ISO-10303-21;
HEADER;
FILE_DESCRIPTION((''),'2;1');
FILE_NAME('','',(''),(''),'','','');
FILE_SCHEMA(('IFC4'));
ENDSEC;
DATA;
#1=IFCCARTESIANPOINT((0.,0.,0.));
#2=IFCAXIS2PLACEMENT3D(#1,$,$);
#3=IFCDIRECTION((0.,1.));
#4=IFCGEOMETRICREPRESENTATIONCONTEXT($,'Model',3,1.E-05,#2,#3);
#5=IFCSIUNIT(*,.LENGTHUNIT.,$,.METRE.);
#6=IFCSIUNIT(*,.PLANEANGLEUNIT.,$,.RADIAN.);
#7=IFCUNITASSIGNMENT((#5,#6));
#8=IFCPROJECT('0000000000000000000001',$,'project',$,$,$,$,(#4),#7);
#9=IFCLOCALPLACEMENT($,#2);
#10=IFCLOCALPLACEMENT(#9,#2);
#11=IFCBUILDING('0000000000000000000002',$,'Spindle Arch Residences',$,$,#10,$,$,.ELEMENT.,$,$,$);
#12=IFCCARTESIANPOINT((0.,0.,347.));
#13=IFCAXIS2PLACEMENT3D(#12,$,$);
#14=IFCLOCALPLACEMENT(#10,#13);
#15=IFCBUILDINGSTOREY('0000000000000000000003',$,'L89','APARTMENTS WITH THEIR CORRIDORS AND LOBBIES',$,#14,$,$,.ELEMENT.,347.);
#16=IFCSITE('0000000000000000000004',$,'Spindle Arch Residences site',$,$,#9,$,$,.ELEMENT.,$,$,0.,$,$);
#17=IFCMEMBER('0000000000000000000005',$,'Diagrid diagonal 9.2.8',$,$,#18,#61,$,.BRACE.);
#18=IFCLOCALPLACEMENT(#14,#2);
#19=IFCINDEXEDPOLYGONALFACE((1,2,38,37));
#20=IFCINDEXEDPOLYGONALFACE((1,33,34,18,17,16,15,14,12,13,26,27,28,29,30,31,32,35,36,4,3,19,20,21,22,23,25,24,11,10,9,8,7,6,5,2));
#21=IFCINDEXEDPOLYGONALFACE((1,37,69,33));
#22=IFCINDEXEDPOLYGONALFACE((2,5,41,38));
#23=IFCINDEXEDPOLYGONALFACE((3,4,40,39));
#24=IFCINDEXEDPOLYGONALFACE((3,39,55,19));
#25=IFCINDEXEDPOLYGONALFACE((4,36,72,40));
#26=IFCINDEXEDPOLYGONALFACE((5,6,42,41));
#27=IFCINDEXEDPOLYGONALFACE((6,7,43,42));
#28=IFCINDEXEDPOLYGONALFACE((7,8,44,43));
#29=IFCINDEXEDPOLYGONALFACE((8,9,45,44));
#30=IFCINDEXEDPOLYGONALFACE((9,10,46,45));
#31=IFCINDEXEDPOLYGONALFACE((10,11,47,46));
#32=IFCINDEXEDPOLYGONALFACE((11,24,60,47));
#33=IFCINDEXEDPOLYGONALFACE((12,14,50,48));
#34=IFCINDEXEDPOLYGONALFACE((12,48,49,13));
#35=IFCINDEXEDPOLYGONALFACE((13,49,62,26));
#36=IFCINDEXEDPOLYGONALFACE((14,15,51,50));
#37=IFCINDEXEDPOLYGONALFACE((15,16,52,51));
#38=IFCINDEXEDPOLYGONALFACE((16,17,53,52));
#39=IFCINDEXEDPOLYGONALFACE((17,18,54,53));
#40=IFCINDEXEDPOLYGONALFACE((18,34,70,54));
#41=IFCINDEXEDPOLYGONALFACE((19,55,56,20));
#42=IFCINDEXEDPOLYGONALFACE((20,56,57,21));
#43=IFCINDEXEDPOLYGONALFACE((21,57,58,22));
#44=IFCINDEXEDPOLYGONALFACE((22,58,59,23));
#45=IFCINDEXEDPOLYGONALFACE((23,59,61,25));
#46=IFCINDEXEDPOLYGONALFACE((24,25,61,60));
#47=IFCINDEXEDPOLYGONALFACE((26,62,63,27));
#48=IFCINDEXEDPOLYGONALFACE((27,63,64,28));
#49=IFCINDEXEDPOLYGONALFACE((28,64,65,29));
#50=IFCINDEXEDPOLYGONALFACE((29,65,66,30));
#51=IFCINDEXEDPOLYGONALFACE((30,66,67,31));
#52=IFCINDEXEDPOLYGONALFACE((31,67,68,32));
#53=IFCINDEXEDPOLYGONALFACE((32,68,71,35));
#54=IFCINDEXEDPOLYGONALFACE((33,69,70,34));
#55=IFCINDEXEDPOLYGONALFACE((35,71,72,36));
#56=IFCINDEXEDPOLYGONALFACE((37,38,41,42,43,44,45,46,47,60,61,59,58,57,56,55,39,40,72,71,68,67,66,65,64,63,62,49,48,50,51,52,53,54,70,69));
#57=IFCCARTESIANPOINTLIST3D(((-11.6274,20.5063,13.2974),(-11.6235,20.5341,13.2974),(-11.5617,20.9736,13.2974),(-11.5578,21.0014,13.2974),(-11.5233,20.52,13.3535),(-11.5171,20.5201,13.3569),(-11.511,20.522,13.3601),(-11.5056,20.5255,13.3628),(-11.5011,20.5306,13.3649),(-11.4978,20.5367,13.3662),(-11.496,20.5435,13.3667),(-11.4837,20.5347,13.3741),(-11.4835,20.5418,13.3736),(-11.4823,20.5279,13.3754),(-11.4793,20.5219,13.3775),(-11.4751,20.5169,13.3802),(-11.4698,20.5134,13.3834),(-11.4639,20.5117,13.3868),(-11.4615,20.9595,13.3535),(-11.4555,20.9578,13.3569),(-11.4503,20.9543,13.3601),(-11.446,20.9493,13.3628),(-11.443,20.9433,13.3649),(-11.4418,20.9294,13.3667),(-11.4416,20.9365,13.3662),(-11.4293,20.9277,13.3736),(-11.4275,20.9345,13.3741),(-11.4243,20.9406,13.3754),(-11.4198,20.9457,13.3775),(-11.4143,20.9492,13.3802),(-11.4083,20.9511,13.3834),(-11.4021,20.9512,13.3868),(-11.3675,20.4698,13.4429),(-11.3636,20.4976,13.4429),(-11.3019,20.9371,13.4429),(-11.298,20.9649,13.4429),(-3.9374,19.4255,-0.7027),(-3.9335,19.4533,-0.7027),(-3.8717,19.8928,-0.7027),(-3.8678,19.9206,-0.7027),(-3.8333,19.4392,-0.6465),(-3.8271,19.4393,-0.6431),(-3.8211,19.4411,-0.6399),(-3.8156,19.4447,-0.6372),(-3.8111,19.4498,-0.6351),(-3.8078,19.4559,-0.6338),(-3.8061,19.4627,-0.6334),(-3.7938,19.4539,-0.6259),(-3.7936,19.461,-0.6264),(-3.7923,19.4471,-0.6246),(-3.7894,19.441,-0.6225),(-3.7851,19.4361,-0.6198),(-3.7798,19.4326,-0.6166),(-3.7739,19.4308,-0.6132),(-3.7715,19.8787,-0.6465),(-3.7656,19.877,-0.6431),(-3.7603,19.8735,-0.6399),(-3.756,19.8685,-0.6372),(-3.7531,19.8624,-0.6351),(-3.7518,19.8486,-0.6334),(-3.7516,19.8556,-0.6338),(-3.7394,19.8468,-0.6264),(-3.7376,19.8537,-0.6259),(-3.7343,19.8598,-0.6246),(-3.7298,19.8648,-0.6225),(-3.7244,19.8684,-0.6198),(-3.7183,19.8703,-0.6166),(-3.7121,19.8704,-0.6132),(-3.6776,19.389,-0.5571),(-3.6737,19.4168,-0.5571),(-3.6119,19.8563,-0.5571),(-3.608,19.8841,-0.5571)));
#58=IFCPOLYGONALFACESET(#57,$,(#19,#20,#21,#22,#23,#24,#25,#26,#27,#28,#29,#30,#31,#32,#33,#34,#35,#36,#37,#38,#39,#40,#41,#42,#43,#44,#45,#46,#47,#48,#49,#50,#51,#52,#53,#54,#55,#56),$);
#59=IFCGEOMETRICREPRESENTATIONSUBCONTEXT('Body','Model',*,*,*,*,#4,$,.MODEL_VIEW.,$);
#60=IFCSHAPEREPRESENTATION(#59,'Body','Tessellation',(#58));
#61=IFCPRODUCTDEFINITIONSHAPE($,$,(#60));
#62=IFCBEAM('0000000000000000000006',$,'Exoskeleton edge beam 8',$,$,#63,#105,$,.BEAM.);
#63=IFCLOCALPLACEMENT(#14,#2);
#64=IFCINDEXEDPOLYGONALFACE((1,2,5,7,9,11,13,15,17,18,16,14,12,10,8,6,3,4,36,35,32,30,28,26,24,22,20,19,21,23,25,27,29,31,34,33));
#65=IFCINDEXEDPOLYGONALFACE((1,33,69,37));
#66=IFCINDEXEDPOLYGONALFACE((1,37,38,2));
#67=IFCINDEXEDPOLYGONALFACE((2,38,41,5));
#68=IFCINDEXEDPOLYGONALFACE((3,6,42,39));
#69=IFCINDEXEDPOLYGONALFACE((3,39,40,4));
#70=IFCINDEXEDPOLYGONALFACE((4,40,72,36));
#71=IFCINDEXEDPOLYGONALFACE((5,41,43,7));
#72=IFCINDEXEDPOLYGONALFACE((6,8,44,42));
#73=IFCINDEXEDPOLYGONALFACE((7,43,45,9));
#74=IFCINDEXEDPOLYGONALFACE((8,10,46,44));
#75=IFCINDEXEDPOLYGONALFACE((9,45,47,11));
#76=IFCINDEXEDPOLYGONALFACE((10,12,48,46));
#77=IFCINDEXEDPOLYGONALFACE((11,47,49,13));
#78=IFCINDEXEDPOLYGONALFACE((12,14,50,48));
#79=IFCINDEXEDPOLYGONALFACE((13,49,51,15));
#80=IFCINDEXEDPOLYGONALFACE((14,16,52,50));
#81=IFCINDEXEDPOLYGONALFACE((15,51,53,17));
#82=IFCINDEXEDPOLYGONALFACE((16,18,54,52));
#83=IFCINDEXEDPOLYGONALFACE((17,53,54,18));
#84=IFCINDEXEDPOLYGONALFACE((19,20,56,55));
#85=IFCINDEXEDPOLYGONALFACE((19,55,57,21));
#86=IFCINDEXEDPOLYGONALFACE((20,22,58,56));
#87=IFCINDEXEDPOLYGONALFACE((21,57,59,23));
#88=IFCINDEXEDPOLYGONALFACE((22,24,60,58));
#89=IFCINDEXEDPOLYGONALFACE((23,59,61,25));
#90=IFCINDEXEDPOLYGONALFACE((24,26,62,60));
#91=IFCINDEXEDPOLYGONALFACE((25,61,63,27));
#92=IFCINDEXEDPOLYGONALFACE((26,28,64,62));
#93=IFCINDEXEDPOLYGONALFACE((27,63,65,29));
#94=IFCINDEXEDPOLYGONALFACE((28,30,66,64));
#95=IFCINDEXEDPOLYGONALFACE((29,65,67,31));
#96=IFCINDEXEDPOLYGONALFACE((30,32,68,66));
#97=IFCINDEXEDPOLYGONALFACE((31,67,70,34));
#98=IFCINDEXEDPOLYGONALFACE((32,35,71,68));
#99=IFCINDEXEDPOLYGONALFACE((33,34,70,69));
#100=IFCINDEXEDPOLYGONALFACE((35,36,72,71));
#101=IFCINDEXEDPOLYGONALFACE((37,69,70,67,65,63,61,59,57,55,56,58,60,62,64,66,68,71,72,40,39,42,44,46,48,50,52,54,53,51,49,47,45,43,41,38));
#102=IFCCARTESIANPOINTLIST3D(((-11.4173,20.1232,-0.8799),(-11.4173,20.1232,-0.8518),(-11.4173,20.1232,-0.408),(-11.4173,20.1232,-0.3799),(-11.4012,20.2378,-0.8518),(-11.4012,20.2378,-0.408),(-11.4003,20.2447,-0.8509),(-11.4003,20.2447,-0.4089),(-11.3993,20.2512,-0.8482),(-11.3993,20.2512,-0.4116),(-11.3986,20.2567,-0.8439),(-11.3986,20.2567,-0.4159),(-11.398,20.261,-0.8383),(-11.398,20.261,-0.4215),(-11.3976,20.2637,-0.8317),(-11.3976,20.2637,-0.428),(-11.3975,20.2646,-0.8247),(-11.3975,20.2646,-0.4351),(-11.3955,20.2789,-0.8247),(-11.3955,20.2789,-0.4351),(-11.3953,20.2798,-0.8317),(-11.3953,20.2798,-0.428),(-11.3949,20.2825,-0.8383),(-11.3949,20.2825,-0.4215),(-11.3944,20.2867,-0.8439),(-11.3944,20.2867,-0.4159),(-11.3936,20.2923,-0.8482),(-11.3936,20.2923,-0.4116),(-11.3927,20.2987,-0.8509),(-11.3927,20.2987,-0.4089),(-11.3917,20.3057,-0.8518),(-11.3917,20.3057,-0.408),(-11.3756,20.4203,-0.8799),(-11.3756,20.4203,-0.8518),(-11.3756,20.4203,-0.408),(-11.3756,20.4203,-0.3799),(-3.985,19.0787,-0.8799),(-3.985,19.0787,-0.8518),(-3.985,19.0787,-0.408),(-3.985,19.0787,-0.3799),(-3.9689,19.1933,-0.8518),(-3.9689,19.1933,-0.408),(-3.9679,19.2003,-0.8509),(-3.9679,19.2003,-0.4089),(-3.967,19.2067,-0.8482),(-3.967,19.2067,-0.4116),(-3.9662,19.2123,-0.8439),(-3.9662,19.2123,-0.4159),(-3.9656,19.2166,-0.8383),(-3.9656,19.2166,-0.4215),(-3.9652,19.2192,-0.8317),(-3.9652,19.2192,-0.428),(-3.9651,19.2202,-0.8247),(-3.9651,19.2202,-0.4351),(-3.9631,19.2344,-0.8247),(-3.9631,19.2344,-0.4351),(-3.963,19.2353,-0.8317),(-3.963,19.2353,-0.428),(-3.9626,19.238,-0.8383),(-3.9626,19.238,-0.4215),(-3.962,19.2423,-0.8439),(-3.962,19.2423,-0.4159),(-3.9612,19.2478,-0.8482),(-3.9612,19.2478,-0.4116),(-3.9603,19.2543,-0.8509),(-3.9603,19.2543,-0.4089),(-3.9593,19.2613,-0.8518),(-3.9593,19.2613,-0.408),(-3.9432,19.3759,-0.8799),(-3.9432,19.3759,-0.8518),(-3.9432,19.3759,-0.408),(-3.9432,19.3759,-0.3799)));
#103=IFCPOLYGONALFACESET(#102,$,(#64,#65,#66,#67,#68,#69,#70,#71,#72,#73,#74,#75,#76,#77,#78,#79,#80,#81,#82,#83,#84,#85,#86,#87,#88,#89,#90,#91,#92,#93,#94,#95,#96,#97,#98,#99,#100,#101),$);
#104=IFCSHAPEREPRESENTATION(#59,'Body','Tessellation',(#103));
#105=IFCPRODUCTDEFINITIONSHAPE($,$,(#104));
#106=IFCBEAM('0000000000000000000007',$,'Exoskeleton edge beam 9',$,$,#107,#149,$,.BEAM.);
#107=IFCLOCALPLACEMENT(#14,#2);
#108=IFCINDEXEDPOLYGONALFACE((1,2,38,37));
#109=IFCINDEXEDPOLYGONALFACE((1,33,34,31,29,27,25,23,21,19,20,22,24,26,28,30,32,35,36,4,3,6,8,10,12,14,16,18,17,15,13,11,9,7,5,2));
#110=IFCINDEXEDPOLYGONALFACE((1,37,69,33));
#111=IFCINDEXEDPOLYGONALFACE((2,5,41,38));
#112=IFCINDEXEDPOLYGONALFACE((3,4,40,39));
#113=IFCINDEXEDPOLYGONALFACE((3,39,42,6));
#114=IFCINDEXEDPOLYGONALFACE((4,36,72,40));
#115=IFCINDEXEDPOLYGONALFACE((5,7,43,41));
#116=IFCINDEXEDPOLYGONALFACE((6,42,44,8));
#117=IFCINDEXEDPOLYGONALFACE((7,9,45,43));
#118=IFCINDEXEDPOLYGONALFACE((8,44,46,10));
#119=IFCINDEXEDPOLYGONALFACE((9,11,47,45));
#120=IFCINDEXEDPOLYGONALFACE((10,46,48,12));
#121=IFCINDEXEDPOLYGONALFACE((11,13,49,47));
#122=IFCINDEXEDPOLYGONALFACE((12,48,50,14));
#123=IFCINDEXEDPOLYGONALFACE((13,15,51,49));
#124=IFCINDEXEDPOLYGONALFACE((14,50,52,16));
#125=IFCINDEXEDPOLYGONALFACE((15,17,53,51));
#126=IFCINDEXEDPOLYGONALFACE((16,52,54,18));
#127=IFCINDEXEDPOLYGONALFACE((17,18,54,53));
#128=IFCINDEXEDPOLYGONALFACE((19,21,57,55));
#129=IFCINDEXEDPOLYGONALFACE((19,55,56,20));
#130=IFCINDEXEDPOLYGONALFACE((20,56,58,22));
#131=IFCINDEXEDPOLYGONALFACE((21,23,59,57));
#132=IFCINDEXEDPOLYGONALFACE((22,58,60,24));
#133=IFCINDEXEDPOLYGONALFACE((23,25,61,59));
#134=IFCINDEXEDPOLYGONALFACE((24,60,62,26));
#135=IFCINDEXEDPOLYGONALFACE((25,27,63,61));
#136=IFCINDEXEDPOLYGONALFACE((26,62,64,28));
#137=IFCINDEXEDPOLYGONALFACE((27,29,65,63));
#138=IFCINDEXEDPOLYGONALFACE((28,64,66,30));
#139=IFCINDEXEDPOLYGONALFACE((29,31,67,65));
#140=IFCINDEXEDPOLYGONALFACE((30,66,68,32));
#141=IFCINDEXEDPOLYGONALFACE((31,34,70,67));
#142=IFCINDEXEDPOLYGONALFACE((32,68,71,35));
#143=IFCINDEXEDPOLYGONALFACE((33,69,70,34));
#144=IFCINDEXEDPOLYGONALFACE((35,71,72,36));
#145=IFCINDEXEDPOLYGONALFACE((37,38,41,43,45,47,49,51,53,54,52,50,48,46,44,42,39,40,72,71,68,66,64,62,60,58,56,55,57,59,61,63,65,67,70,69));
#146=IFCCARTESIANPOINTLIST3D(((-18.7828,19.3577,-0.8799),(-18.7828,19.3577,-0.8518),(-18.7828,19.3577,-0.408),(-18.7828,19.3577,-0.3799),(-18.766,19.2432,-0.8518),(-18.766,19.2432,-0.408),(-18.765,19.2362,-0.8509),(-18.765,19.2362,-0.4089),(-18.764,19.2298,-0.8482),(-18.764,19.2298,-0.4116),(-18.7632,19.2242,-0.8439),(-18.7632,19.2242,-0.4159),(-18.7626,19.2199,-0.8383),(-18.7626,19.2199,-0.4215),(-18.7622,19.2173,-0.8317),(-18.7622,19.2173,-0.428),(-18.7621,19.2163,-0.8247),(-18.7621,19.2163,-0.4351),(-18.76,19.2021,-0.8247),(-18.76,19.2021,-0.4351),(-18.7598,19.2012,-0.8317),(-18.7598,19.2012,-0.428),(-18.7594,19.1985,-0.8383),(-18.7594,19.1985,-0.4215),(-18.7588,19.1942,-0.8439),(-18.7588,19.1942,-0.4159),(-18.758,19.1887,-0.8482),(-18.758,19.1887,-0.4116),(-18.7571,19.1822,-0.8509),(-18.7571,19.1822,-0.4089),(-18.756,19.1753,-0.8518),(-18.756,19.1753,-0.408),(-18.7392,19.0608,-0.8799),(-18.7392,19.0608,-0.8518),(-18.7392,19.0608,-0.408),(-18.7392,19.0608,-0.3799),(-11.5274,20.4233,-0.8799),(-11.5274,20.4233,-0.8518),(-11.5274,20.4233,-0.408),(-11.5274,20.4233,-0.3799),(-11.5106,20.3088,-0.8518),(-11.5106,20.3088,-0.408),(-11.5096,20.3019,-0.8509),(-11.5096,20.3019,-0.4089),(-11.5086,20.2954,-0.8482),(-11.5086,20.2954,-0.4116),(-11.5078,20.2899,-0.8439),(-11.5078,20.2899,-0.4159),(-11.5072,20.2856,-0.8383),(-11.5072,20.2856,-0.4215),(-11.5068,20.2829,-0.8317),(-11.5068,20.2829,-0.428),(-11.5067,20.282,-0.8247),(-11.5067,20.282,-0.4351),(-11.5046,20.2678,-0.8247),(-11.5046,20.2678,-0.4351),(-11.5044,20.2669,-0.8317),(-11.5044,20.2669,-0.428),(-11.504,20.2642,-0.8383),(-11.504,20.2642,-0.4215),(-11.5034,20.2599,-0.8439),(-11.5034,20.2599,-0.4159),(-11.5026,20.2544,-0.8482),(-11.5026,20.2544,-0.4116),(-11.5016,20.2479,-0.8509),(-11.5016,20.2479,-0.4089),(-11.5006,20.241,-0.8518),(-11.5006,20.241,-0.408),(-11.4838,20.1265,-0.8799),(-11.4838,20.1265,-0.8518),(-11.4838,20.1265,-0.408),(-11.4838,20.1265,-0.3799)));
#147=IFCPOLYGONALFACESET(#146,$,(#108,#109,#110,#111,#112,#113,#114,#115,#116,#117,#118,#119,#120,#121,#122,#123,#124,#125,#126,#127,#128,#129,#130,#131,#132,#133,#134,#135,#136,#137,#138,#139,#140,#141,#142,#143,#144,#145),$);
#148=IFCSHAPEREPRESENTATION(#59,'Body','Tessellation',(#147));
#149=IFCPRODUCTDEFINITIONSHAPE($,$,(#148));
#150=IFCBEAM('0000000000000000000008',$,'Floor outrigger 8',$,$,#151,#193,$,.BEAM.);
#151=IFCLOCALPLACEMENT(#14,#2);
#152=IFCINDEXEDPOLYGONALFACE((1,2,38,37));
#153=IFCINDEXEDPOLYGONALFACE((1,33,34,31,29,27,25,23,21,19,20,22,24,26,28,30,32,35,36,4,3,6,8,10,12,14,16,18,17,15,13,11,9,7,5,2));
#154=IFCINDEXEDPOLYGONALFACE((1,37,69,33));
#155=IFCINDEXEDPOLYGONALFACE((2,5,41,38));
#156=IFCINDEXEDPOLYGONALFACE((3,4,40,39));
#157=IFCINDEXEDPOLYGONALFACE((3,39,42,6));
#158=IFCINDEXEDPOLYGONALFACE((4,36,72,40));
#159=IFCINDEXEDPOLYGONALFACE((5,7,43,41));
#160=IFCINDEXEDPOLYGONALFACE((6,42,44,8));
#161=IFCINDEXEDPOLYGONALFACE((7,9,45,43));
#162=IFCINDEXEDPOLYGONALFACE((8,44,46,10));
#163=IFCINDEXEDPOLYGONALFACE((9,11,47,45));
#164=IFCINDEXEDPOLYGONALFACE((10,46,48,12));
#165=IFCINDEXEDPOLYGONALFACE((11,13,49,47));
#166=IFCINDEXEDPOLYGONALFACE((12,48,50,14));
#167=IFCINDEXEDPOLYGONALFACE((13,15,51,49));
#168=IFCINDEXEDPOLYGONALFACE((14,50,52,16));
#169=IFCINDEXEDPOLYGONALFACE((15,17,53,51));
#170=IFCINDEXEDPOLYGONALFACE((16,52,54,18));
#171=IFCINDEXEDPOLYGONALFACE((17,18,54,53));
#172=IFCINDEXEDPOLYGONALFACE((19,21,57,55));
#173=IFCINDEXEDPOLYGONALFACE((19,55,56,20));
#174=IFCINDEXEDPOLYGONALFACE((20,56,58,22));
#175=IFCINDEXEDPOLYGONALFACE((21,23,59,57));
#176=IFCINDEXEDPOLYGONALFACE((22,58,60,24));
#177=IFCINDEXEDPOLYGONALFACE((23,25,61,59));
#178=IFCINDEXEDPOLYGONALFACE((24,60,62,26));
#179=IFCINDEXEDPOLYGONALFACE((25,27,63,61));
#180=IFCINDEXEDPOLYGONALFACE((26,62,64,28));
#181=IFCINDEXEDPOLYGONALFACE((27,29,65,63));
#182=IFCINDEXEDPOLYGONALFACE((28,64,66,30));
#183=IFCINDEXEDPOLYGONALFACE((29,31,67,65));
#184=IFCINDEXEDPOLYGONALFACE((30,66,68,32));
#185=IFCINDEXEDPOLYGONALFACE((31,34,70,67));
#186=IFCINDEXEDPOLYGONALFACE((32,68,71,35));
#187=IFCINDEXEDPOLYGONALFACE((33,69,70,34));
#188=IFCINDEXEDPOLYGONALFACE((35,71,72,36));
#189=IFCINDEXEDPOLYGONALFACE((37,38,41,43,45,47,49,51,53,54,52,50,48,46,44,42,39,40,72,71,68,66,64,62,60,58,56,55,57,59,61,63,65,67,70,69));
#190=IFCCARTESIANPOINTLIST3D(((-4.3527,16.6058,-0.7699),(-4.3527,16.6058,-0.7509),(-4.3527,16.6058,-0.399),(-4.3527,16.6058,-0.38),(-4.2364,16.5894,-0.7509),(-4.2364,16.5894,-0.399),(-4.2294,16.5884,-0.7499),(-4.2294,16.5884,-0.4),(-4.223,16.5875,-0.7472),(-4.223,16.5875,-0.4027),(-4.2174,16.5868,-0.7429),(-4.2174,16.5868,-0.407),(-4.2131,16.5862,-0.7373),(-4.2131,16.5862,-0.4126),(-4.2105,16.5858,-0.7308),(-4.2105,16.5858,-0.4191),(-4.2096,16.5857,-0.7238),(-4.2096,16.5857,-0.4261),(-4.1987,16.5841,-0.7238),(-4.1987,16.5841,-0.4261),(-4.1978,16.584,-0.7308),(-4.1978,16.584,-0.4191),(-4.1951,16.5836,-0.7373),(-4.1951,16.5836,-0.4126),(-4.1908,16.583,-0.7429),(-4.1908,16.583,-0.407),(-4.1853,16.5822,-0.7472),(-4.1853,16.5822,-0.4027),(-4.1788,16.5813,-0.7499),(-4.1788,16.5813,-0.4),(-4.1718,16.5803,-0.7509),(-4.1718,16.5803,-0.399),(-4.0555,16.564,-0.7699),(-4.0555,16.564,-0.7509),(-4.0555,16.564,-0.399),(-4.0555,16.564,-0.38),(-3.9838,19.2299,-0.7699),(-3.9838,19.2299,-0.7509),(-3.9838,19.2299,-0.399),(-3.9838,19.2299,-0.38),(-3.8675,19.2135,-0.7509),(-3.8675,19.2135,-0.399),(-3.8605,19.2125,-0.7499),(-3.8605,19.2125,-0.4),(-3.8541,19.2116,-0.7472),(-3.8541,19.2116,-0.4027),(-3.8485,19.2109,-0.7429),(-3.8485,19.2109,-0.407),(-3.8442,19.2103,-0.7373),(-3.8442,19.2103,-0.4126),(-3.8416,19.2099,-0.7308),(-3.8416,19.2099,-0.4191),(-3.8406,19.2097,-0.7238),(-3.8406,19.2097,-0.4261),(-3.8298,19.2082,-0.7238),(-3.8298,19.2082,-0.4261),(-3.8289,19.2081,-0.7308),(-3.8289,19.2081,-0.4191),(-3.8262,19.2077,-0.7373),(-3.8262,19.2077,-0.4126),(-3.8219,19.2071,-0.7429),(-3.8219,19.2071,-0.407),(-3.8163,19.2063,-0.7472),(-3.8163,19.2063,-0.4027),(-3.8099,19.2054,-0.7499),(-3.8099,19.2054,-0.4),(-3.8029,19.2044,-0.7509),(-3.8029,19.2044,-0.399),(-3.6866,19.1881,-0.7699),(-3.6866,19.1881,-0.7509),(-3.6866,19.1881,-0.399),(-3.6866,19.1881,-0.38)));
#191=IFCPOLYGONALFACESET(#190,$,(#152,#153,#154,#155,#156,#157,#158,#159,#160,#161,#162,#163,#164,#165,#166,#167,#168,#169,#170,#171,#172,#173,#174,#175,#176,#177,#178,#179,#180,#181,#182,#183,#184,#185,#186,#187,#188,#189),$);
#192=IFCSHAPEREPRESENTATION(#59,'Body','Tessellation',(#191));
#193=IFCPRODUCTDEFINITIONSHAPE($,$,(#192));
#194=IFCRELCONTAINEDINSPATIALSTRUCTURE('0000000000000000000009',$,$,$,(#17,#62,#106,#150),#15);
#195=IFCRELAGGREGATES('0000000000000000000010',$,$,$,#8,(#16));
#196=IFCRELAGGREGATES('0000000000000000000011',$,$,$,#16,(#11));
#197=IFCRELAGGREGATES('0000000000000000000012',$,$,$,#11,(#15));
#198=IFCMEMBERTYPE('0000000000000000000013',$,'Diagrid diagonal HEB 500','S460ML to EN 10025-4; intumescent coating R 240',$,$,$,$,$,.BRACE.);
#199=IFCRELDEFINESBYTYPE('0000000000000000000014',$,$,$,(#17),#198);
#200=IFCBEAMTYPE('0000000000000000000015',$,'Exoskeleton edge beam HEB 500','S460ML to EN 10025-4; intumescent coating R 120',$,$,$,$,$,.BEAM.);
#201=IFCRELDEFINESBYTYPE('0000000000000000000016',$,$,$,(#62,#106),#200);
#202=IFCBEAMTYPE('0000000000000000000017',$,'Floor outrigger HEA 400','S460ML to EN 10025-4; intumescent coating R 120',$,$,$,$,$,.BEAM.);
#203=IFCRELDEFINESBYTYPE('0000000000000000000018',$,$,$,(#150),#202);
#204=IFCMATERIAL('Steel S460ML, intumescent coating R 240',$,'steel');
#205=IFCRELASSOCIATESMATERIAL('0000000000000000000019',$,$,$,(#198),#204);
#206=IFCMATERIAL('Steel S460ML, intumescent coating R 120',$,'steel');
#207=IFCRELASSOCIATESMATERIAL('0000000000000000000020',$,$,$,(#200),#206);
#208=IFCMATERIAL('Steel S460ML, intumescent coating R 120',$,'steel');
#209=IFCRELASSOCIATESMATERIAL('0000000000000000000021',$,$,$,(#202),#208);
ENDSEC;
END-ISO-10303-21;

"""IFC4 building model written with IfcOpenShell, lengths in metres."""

from ifc_helpers import new_model, si_unit, direction, frame, origin, origin_2d, place, context, subcontext, project, spatial, i_section, extrude, material, material_profile, profile_set, type_object, element, save


model = new_model("IFC4")

# Units and contexts
model_context = context("Model", 3, precision=1e-05, world=origin(), true_north=direction((0.0, 1.0)))
body_context = subcontext(model_context, "Body", "Model", "MODEL_VIEW")
ifc_project = project(units=[si_unit("LENGTHUNIT", "METRE"), si_unit("PLANEANGLEUNIT", "RADIAN")], contexts=[model_context])

# Site, building, storey
site_placement = place(None, origin())
site = spatial("IfcSite", under=ifc_project, at=site_placement, Name="Spindle Arch Residences site", CompositionType="ELEMENT", RefElevation=0.0)
building_placement = place(site_placement, origin())
building = spatial("IfcBuilding", under=site, at=building_placement, Name="Spindle Arch Residences", CompositionType="ELEMENT")
storey_placement = place(building_placement, frame((0.0, 0.0, 347.0)))
storey = spatial("IfcBuildingStorey", under=building, at=storey_placement, Name="L89", Description="APARTMENTS WITH THEIR CORRIDORS AND LOBBIES", CompositionType="ELEMENT", Elevation=347.0)

# Member
ifc_material_1 = material(Name="Steel S460ML, intumescent coating R 240", Category="steel")
ifc_material_profile_1 = material_profile(ifc_material_1, i_section(OverallWidth=0.3, OverallDepth=0.5, WebThickness=0.0144, FlangeThickness=0.0281, FilletRadius=0.0271, at=origin_2d()), Name="HEB 500")
ifc_profile_set_1 = profile_set([ifc_material_profile_1], Name="Steel S460ML, intumescent coating R 240")
member_type_1 = type_object("IfcMemberType", Name="Diagrid diagonal HEB 500", Description="S460ML to EN 10025-4; intumescent coating R 240", PredefinedType="BRACE", material=ifc_profile_set_1)
for number, where, z_axis, x_axis, name in (
    (1, (-3.7727, 19.6548, -0.6299), (-0.480337, 0.067511, 0.874482), (0.865971, -0.121711, 0.485058), "Diagrid diagonal 9.2.8"),
):
    element("IfcMember", number, at=place(storey_placement, frame(where, z_axis=z_axis, x_axis=x_axis)), inside=storey, type_object=member_type_1, Name=name, PredefinedType="BRACE", context=body_context, shape_type="SweptSolid", body=[
        extrude(i_section(OverallWidth=0.3, OverallDepth=0.5, WebThickness=0.0144, FlangeThickness=0.0281, FilletRadius=0.0271, at=origin_2d()), origin(), (0.0, 0.0, 1.0), 16.0095),
    ])

# Beams
ifc_material_2 = material(Name="Steel S460ML, intumescent coating R 120", Category="steel")
ifc_material_profile_2 = material_profile(ifc_material_2, i_section(OverallWidth=0.3, OverallDepth=0.5, WebThickness=0.0144, FlangeThickness=0.0281, FilletRadius=0.0271, at=origin_2d()), Name="HEB 500")
ifc_profile_set_2 = profile_set([ifc_material_profile_2], Name="Steel S460ML, intumescent coating R 120")
beam_type_1 = type_object("IfcBeamType", Name="Exoskeleton edge beam HEB 500", Description="S460ML to EN 10025-4; intumescent coating R 120", PredefinedType="BEAM", material=ifc_profile_set_2)
beam_1_placement = place(storey_placement, frame((-3.9641, 19.2273, -0.6299), z_axis=(-0.99027, 0.139158, 0.0), x_axis=(-0.139158, -0.99027, 0.0)))
element("IfcBeam", 2, at=beam_1_placement, inside=storey, type_object=beam_type_1, Name="Exoskeleton edge beam 8", PredefinedType="BEAM", context=body_context, shape_type="SweptSolid", body=[
    extrude(i_section(OverallWidth=0.3, OverallDepth=0.5, WebThickness=0.0144, FlangeThickness=0.0281, FilletRadius=0.0271, at=origin_2d()), origin(), (0.0, 0.0, 1.0), 7.5054),
])
beam_2_placement = place(storey_placement, frame((-11.5056, 20.2749, -0.6299), z_axis=(-0.989384, -0.145321, 0.0), x_axis=(0.145321, -0.989384, 0.0)))
element("IfcBeam", 3, at=beam_2_placement, inside=storey, type_object=beam_type_1, Name="Exoskeleton edge beam 9", PredefinedType="BEAM", context=body_context, shape_type="SweptSolid", body=[
    extrude(i_section(OverallWidth=0.3, OverallDepth=0.5, WebThickness=0.0144, FlangeThickness=0.0281, FilletRadius=0.0271, at=origin_2d()), origin(), (0.0, 0.0, 1.0), 7.3333),
])
ifc_material_3 = material(Name="Steel S460ML, intumescent coating R 120", Category="steel")
ifc_material_profile_3 = material_profile(ifc_material_3, i_section(OverallWidth=0.3, OverallDepth=0.3899, WebThickness=0.011, FlangeThickness=0.019, FilletRadius=0.0271, at=origin_2d()), Name="HEA 400")
ifc_profile_set_3 = profile_set([ifc_material_profile_3], Name="Steel S460ML, intumescent coating R 120")
beam_type_2 = type_object("IfcBeamType", Name="Floor outrigger HEA 400", Description="S460ML to EN 10025-4; intumescent coating R 120", PredefinedType="BEAM", material=ifc_profile_set_3)
beam_3_placement = place(storey_placement, frame((-3.8352, 19.209, -0.575), z_axis=(-0.139215, -0.990262, 0.0), x_axis=(0.990262, -0.139215, 0.0)))
element("IfcBeam", 4, at=beam_3_placement, inside=storey, type_object=beam_type_2, Name="Floor outrigger 8", PredefinedType="BEAM", context=body_context, shape_type="SweptSolid", body=[
    extrude(i_section(OverallWidth=0.3, OverallDepth=0.3899, WebThickness=0.011, FlangeThickness=0.019, FilletRadius=0.0271, at=origin_2d()), origin(), (0.0, 0.0, 1.0), 2.6499),
])

save(model, "model.ifc")
